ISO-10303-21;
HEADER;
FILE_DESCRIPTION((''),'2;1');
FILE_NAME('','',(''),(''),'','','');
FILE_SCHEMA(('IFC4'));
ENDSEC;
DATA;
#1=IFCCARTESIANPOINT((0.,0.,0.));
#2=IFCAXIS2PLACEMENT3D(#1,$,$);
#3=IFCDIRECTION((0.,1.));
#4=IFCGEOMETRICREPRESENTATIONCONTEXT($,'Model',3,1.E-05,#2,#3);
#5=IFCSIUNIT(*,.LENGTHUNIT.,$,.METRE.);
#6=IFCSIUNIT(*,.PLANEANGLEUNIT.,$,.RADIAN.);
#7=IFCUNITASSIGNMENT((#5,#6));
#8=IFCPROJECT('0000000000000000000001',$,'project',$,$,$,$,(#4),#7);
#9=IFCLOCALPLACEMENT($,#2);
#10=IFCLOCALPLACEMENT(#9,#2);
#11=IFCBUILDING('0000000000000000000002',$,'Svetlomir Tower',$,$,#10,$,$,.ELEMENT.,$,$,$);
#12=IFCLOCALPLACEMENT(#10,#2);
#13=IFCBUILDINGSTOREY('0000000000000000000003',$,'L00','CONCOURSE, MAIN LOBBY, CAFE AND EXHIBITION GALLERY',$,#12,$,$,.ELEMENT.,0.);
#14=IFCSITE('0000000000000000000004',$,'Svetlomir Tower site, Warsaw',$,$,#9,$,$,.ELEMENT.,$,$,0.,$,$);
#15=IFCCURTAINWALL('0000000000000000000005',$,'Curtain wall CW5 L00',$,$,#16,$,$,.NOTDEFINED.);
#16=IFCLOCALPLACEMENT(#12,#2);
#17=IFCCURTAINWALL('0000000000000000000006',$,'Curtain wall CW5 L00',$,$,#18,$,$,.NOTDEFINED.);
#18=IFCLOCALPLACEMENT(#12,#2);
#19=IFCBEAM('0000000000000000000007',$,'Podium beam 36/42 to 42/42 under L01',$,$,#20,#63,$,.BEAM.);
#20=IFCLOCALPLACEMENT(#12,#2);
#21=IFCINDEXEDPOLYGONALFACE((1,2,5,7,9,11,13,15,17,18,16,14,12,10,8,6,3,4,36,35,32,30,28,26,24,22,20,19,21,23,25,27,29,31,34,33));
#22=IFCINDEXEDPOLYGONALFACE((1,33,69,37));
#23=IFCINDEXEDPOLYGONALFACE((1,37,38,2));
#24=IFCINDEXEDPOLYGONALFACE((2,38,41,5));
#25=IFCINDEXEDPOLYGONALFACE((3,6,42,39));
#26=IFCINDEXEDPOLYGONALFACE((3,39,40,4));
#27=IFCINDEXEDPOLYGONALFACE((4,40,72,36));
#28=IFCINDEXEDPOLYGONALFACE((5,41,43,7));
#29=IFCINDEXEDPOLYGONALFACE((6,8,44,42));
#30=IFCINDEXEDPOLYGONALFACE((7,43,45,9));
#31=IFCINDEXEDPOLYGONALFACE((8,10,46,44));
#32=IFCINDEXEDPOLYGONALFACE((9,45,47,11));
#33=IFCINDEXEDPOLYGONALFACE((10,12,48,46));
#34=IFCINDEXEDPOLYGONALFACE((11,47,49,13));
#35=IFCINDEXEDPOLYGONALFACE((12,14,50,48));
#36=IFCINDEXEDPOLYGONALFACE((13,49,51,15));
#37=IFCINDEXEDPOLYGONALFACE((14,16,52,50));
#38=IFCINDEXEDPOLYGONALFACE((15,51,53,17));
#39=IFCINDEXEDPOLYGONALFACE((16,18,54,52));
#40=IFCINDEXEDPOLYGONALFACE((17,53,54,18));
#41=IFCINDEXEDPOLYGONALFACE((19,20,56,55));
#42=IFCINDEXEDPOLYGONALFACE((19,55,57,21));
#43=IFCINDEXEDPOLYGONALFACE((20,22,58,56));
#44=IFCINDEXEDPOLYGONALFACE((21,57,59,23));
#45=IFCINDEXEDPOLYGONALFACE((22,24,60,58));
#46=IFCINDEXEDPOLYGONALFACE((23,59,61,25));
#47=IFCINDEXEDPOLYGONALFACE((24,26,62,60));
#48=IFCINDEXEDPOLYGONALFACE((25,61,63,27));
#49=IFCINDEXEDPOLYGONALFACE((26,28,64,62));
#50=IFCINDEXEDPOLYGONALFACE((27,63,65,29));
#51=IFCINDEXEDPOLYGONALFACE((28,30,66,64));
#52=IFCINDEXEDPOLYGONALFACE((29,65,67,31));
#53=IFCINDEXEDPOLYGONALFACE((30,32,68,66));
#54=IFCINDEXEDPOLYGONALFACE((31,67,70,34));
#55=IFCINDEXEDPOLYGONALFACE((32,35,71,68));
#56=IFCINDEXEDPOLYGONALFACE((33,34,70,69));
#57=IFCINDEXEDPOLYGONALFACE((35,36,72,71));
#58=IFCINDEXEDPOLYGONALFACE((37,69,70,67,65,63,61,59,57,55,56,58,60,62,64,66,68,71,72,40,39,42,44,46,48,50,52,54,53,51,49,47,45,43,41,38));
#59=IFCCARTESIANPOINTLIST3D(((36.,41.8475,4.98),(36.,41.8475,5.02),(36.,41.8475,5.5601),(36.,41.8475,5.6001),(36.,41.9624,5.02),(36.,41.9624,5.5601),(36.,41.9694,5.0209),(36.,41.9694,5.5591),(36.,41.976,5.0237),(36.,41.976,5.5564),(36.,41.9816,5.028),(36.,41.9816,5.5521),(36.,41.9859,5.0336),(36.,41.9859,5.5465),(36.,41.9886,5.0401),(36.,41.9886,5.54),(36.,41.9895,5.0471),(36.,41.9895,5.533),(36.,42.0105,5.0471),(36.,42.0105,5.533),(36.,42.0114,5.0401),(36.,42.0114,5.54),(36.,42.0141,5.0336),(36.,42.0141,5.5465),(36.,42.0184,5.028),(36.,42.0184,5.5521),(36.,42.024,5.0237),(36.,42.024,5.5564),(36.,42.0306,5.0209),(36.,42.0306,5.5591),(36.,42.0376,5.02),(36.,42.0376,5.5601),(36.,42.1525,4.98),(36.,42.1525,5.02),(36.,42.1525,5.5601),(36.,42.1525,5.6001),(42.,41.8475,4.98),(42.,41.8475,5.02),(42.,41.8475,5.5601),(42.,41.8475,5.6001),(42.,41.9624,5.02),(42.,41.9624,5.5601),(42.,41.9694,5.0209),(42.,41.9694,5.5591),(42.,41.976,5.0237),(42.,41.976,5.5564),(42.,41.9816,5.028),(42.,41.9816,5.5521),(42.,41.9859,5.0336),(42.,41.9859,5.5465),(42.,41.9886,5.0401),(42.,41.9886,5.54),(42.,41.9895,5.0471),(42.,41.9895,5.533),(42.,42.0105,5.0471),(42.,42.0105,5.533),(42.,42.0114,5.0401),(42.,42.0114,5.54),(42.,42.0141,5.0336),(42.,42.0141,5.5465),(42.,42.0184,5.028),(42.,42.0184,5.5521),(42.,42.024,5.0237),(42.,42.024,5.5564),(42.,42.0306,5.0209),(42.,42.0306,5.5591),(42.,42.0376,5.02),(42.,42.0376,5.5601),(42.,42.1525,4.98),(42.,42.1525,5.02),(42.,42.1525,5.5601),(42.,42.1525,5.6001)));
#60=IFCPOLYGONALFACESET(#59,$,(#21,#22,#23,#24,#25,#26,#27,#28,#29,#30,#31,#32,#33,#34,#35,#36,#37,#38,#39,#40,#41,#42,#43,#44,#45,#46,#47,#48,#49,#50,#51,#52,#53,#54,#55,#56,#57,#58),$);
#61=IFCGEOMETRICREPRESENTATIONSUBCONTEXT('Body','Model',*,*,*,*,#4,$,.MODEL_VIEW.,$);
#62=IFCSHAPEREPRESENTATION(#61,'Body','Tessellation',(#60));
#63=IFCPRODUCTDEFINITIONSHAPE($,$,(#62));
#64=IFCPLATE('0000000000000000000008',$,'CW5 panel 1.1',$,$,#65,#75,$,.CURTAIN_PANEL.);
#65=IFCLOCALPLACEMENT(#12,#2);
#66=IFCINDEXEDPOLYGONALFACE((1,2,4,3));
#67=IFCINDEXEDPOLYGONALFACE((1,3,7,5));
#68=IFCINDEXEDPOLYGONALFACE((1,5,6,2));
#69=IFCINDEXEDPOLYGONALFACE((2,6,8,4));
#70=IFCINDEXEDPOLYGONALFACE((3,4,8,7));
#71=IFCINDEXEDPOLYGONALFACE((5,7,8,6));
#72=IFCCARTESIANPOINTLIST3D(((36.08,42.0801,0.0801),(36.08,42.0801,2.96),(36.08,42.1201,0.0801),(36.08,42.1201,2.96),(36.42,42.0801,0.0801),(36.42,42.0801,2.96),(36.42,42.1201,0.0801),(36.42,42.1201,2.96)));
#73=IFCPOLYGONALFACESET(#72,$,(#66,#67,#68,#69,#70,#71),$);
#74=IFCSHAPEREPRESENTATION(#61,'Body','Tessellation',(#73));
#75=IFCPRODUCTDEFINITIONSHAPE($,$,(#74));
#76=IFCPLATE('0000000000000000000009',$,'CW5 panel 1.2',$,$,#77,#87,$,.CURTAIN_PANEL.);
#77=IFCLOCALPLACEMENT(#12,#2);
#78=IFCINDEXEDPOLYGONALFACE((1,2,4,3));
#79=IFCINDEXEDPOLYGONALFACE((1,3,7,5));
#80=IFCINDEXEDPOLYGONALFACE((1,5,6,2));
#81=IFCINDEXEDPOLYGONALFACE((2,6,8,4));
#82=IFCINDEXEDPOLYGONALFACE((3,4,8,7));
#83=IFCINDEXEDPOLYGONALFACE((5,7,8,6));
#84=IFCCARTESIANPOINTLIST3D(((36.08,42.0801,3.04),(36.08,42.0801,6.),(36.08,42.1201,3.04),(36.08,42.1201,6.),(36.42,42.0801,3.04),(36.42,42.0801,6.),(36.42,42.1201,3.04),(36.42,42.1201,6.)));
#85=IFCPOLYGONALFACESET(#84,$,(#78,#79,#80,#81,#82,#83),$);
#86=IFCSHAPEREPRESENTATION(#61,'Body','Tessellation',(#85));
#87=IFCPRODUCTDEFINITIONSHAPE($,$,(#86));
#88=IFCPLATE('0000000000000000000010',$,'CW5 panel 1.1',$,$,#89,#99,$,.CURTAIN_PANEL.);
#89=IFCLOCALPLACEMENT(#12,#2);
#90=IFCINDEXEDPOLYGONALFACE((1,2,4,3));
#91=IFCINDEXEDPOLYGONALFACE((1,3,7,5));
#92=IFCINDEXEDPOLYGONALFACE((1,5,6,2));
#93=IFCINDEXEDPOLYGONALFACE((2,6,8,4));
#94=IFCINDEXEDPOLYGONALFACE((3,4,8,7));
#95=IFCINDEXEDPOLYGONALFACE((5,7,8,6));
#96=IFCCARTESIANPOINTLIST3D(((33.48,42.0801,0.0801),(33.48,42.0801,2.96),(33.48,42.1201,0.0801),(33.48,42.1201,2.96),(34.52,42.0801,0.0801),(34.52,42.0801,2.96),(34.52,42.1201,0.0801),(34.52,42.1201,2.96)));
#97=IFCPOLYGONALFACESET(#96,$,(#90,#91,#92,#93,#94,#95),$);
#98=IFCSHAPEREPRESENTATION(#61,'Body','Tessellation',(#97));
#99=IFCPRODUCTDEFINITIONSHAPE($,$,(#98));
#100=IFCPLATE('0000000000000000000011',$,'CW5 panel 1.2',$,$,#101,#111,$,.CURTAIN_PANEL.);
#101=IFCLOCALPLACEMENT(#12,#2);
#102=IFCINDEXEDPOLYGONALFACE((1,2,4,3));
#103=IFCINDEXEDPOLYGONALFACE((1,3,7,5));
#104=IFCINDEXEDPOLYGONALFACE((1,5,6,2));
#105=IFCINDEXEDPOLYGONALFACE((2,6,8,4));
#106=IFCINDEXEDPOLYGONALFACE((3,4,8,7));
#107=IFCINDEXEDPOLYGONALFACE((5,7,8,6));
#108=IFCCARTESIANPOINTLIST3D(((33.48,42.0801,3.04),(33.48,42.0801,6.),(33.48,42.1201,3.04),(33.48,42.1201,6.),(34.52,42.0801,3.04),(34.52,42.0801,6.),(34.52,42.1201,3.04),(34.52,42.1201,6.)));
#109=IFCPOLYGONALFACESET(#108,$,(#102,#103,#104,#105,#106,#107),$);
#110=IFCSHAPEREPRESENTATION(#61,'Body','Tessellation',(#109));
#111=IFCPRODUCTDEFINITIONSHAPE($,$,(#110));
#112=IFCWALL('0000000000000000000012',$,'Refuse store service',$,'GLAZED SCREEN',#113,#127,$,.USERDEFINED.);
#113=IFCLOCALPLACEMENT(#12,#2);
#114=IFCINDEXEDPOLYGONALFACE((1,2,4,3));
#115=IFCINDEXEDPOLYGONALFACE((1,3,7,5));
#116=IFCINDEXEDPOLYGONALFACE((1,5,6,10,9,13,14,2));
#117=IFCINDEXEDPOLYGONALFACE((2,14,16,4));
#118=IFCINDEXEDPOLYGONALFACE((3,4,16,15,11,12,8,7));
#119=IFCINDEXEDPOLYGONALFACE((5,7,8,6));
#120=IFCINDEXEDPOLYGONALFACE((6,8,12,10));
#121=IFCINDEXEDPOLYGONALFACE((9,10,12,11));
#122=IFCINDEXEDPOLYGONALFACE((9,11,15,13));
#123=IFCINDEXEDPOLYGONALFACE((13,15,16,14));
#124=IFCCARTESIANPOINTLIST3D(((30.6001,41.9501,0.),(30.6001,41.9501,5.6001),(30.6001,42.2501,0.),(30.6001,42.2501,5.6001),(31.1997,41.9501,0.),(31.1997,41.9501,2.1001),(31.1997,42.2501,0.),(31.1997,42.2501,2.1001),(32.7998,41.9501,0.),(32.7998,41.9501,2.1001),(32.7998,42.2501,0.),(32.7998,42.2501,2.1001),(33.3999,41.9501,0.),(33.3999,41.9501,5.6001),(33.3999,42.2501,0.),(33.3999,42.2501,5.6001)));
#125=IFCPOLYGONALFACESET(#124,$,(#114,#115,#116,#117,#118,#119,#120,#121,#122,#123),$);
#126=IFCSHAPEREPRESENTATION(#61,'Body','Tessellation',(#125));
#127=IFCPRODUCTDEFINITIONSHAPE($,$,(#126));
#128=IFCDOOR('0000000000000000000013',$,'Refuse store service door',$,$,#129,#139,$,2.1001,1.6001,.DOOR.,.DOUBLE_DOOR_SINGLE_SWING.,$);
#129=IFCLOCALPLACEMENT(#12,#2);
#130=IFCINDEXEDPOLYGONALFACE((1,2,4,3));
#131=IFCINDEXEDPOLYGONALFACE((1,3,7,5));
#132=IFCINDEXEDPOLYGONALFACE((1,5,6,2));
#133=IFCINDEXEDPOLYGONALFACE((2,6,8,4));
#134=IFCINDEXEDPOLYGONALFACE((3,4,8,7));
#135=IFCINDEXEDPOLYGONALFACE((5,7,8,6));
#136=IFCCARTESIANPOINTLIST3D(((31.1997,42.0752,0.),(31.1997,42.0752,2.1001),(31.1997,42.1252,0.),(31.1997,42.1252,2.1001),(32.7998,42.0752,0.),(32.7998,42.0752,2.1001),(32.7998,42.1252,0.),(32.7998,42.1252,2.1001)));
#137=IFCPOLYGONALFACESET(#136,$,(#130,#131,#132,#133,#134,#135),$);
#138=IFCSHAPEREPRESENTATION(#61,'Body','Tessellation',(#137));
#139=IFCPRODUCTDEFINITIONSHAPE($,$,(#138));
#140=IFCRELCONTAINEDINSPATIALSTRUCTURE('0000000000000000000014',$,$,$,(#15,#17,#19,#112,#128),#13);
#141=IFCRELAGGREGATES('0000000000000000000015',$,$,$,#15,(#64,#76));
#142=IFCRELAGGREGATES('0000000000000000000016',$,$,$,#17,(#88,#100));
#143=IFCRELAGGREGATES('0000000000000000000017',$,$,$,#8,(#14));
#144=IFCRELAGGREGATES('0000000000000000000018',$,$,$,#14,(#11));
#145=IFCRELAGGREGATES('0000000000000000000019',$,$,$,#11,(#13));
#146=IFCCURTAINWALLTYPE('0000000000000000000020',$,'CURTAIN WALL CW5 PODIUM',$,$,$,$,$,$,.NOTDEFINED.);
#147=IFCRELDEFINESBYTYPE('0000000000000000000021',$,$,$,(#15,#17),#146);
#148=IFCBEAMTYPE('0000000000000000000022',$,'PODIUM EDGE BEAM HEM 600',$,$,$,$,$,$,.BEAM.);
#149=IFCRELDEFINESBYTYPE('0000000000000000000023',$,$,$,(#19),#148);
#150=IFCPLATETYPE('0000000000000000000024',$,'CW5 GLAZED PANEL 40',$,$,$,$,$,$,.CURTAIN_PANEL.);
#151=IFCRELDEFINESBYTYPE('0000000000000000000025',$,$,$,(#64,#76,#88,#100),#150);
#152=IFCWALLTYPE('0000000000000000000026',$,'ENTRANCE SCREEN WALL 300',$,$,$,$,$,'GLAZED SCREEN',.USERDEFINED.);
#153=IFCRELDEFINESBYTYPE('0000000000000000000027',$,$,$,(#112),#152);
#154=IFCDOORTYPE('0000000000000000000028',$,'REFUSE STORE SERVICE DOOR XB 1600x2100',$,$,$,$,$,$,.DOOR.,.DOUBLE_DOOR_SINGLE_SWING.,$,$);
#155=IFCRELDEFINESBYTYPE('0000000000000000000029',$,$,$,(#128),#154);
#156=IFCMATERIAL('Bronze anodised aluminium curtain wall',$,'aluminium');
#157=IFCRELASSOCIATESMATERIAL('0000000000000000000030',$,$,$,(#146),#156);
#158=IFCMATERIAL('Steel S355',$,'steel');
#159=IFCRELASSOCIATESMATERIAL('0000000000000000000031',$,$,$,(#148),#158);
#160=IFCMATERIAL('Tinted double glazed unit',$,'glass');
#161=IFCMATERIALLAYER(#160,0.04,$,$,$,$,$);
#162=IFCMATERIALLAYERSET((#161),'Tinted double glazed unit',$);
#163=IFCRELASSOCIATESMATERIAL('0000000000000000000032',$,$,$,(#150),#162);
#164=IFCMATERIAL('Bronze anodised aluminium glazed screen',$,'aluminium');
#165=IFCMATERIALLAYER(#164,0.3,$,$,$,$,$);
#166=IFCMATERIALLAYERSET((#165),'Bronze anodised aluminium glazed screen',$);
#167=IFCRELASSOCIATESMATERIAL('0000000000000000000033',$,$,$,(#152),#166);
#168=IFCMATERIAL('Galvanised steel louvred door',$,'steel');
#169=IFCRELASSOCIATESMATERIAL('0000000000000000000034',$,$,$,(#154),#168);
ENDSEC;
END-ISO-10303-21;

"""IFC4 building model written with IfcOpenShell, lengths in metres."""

from ifc_helpers import new_model, si_unit, direction, frame, frame_2d, origin, origin_2d, place, context, subcontext, project, spatial, rectangle, i_section, extrude, material, layer, layer_set, material_profile, profile_set, type_object, element, fill, aggregate, save


model = new_model("IFC4")

# Units and contexts
model_context = context("Model", 3, precision=1e-05, world=origin(), true_north=direction((0.0, 1.0)))
body_context = subcontext(model_context, "Body", "Model", "MODEL_VIEW")
ifc_project = project(units=[si_unit("LENGTHUNIT", "METRE"), si_unit("PLANEANGLEUNIT", "RADIAN")], contexts=[model_context])

# Site, building, storey
site_placement = place(None, origin())
site = spatial("IfcSite", under=ifc_project, at=site_placement, Name="Svetlomir Tower site, Warsaw", CompositionType="ELEMENT", RefElevation=0.0)
building_placement = place(site_placement, origin())
building = spatial("IfcBuilding", under=site, at=building_placement, Name="Svetlomir Tower", CompositionType="ELEMENT")
storey_placement = place(building_placement, origin())
storey = spatial("IfcBuildingStorey", under=building, at=storey_placement, Name="L00", Description="CONCOURSE, MAIN LOBBY, CAFE AND EXHIBITION GALLERY", CompositionType="ELEMENT", Elevation=0.0)

# Curtain walls
ifc_material_1 = material(Name="Bronze anodised aluminium curtain wall", Category="aluminium")
curtain_wall_type = type_object("IfcCurtainWallType", Name="CURTAIN WALL CW5 PODIUM", PredefinedType="NOTDEFINED", material=ifc_material_1)
curtain_wall_1_placement = place(storey_placement, origin())
curtain_wall_1 = element("IfcCurtainWall", 1, at=curtain_wall_1_placement, inside=storey, type_object=curtain_wall_type, Name="Curtain wall CW5 L00", PredefinedType="NOTDEFINED")
curtain_wall_2_placement = place(storey_placement, origin())
curtain_wall_2 = element("IfcCurtainWall", 2, at=curtain_wall_2_placement, inside=storey, type_object=curtain_wall_type, Name="Curtain wall CW5 L00", PredefinedType="NOTDEFINED")

# Beam
ifc_material_2 = material(Name="Steel S355", Category="steel")
ifc_material_profile_1 = material_profile(ifc_material_2, i_section(OverallWidth=0.3049, OverallDepth=0.6201, WebThickness=0.021, FlangeThickness=0.04, FilletRadius=0.0271, at=origin_2d()), Name="HEM 600")
ifc_profile_set_1 = profile_set([ifc_material_profile_1], Name="Steel S355")
beam_type = type_object("IfcBeamType", Name="PODIUM EDGE BEAM HEM 600", PredefinedType="BEAM", material=ifc_profile_set_1)
beam_placement = place(storey_placement, frame((36.0, 42.0, 5.29), z_axis=(1.0, 0.0, 0.0), x_axis=(0.0, 1.0, 0.0)))
element("IfcBeam", 3, at=beam_placement, inside=storey, type_object=beam_type, Name="Podium beam 36/42 to 42/42 under L01", PredefinedType="BEAM", context=body_context, shape_type="SweptSolid", body=[
    extrude(i_section(OverallWidth=0.3049, OverallDepth=0.6201, WebThickness=0.021, FlangeThickness=0.04, FilletRadius=0.0271, at=origin_2d()), origin(), (0.0, 0.0, 1.0), 6.0),
])

# Plates
ifc_material_3 = material(Name="Tinted double glazed unit", Category="glass")
ifc_layer_1 = layer(ifc_material_3, 0.04)
ifc_layer_set_1 = layer_set([ifc_layer_1], Name="Tinted double glazed unit")
plate_type = type_object("IfcPlateType", Name="CW5 GLAZED PANEL 40", PredefinedType="CURTAIN_PANEL", material=ifc_layer_set_1)
plate_1_placement = place(storey_placement, frame((36.25, 42.1001, 0.0801), z_axis=(0.0, 0.0, 1.0), x_axis=(-1.0, 0.0, 0.0)))
plate_1 = element("IfcPlate", 4, at=plate_1_placement, type_object=plate_type, Name="CW5 panel 1.1", PredefinedType="CURTAIN_PANEL", context=body_context, shape_type="SweptSolid", body=[
    extrude(rectangle(XDim=0.3401, YDim=0.04, at=origin_2d()), origin(), (0.0, 0.0, 1.0), 2.8799),
])
plate_2_placement = place(storey_placement, frame((36.25, 42.1001, 3.04), z_axis=(0.0, 0.0, 1.0), x_axis=(-1.0, 0.0, 0.0)))
plate_2 = element("IfcPlate", 5, at=plate_2_placement, type_object=plate_type, Name="CW5 panel 1.2", PredefinedType="CURTAIN_PANEL", context=body_context, shape_type="SweptSolid", body=[
    extrude(rectangle(XDim=0.3401, YDim=0.04, at=origin_2d()), origin(), (0.0, 0.0, 1.0), 2.96),
])
aggregate(curtain_wall_1, [plate_1, plate_2])
plate_3_placement = place(storey_placement, frame((34.0, 42.1001, 0.0801), z_axis=(0.0, 0.0, 1.0), x_axis=(-1.0, 0.0, 0.0)))
plate_3 = element("IfcPlate", 6, at=plate_3_placement, type_object=plate_type, Name="CW5 panel 1.1", PredefinedType="CURTAIN_PANEL", context=body_context, shape_type="SweptSolid", body=[
    extrude(rectangle(XDim=1.04, YDim=0.04, at=origin_2d()), origin(), (0.0, 0.0, 1.0), 2.8799),
])
plate_4_placement = place(storey_placement, frame((34.0, 42.1001, 3.04), z_axis=(0.0, 0.0, 1.0), x_axis=(-1.0, 0.0, 0.0)))
plate_4 = element("IfcPlate", 7, at=plate_4_placement, type_object=plate_type, Name="CW5 panel 1.2", PredefinedType="CURTAIN_PANEL", context=body_context, shape_type="SweptSolid", body=[
    extrude(rectangle(XDim=1.04, YDim=0.04, at=origin_2d()), origin(), (0.0, 0.0, 1.0), 2.96),
])
aggregate(curtain_wall_2, [plate_3, plate_4])

# Wall, opening, door
ifc_material_4 = material(Name="Bronze anodised aluminium glazed screen", Category="aluminium")
ifc_layer_2 = layer(ifc_material_4, 0.3)
ifc_layer_set_2 = layer_set([ifc_layer_2], Name="Bronze anodised aluminium glazed screen")
wall_type = type_object("IfcWallType", Name="ENTRANCE SCREEN WALL 300", ElementType="GLAZED SCREEN", PredefinedType="USERDEFINED", material=ifc_layer_set_2)
wall_placement = place(storey_placement, frame((33.3999, 42.1001, 0.0), z_axis=(0.0, 0.0, 1.0), x_axis=(-1.0, 0.0, 0.0)))
wall = element("IfcWall", 8, at=wall_placement, inside=storey, type_object=wall_type, Name="Refuse store service", ObjectType="GLAZED SCREEN", PredefinedType="USERDEFINED", context=body_context, shape_type="SweptSolid", body=[
    extrude(rectangle(XDim=2.7998, YDim=0.3, at=frame_2d((1.3999, 0.0))), origin(), (0.0, 0.0, 1.0), 5.6001),
])
opening_placement = place(wall_placement, frame((0.6001, 0.0, 0.0)))
opening = element("IfcOpeningElement", 9, at=opening_placement, cuts=wall, PredefinedType="OPENING", context=body_context, shape_type="SweptSolid", body=[
    extrude(rectangle(XDim=1.6001, YDim=2.1001, at=frame_2d((0.8, 1.05))), frame((0.0, 0.1602, 0.0), z_axis=(0.0, -1.0, 0.0), x_axis=(1.0, 0.0, 0.0)), (0.0, 0.0, 1.0), 0.3201),
])
ifc_material_5 = material(Name="Galvanised steel louvred door", Category="steel")
door_type = type_object("IfcDoorType", Name="REFUSE STORE SERVICE DOOR XB 1600x2100", OperationType="DOUBLE_DOOR_SINGLE_SWING", PredefinedType="DOOR", material=ifc_material_5)
door_placement = place(opening_placement, origin())
door = element("IfcDoor", 10, at=door_placement, inside=storey, type_object=door_type, Name="Refuse store service door", OperationType="DOUBLE_DOOR_SINGLE_SWING", OverallHeight=2.1001, OverallWidth=1.6001, PredefinedType="DOOR", context=body_context, shape_type="SweptSolid", body=[
    extrude(rectangle(XDim=1.6001, YDim=2.1001, at=frame_2d((0.8, 1.05))), frame((0.0, 0.0249, 0.0), z_axis=(0.0, -1.0, 0.0), x_axis=(1.0, 0.0, 0.0)), (0.0, 0.0, 1.0), 0.05),
])
fill(opening, door)

save(model, "model.ifc")
